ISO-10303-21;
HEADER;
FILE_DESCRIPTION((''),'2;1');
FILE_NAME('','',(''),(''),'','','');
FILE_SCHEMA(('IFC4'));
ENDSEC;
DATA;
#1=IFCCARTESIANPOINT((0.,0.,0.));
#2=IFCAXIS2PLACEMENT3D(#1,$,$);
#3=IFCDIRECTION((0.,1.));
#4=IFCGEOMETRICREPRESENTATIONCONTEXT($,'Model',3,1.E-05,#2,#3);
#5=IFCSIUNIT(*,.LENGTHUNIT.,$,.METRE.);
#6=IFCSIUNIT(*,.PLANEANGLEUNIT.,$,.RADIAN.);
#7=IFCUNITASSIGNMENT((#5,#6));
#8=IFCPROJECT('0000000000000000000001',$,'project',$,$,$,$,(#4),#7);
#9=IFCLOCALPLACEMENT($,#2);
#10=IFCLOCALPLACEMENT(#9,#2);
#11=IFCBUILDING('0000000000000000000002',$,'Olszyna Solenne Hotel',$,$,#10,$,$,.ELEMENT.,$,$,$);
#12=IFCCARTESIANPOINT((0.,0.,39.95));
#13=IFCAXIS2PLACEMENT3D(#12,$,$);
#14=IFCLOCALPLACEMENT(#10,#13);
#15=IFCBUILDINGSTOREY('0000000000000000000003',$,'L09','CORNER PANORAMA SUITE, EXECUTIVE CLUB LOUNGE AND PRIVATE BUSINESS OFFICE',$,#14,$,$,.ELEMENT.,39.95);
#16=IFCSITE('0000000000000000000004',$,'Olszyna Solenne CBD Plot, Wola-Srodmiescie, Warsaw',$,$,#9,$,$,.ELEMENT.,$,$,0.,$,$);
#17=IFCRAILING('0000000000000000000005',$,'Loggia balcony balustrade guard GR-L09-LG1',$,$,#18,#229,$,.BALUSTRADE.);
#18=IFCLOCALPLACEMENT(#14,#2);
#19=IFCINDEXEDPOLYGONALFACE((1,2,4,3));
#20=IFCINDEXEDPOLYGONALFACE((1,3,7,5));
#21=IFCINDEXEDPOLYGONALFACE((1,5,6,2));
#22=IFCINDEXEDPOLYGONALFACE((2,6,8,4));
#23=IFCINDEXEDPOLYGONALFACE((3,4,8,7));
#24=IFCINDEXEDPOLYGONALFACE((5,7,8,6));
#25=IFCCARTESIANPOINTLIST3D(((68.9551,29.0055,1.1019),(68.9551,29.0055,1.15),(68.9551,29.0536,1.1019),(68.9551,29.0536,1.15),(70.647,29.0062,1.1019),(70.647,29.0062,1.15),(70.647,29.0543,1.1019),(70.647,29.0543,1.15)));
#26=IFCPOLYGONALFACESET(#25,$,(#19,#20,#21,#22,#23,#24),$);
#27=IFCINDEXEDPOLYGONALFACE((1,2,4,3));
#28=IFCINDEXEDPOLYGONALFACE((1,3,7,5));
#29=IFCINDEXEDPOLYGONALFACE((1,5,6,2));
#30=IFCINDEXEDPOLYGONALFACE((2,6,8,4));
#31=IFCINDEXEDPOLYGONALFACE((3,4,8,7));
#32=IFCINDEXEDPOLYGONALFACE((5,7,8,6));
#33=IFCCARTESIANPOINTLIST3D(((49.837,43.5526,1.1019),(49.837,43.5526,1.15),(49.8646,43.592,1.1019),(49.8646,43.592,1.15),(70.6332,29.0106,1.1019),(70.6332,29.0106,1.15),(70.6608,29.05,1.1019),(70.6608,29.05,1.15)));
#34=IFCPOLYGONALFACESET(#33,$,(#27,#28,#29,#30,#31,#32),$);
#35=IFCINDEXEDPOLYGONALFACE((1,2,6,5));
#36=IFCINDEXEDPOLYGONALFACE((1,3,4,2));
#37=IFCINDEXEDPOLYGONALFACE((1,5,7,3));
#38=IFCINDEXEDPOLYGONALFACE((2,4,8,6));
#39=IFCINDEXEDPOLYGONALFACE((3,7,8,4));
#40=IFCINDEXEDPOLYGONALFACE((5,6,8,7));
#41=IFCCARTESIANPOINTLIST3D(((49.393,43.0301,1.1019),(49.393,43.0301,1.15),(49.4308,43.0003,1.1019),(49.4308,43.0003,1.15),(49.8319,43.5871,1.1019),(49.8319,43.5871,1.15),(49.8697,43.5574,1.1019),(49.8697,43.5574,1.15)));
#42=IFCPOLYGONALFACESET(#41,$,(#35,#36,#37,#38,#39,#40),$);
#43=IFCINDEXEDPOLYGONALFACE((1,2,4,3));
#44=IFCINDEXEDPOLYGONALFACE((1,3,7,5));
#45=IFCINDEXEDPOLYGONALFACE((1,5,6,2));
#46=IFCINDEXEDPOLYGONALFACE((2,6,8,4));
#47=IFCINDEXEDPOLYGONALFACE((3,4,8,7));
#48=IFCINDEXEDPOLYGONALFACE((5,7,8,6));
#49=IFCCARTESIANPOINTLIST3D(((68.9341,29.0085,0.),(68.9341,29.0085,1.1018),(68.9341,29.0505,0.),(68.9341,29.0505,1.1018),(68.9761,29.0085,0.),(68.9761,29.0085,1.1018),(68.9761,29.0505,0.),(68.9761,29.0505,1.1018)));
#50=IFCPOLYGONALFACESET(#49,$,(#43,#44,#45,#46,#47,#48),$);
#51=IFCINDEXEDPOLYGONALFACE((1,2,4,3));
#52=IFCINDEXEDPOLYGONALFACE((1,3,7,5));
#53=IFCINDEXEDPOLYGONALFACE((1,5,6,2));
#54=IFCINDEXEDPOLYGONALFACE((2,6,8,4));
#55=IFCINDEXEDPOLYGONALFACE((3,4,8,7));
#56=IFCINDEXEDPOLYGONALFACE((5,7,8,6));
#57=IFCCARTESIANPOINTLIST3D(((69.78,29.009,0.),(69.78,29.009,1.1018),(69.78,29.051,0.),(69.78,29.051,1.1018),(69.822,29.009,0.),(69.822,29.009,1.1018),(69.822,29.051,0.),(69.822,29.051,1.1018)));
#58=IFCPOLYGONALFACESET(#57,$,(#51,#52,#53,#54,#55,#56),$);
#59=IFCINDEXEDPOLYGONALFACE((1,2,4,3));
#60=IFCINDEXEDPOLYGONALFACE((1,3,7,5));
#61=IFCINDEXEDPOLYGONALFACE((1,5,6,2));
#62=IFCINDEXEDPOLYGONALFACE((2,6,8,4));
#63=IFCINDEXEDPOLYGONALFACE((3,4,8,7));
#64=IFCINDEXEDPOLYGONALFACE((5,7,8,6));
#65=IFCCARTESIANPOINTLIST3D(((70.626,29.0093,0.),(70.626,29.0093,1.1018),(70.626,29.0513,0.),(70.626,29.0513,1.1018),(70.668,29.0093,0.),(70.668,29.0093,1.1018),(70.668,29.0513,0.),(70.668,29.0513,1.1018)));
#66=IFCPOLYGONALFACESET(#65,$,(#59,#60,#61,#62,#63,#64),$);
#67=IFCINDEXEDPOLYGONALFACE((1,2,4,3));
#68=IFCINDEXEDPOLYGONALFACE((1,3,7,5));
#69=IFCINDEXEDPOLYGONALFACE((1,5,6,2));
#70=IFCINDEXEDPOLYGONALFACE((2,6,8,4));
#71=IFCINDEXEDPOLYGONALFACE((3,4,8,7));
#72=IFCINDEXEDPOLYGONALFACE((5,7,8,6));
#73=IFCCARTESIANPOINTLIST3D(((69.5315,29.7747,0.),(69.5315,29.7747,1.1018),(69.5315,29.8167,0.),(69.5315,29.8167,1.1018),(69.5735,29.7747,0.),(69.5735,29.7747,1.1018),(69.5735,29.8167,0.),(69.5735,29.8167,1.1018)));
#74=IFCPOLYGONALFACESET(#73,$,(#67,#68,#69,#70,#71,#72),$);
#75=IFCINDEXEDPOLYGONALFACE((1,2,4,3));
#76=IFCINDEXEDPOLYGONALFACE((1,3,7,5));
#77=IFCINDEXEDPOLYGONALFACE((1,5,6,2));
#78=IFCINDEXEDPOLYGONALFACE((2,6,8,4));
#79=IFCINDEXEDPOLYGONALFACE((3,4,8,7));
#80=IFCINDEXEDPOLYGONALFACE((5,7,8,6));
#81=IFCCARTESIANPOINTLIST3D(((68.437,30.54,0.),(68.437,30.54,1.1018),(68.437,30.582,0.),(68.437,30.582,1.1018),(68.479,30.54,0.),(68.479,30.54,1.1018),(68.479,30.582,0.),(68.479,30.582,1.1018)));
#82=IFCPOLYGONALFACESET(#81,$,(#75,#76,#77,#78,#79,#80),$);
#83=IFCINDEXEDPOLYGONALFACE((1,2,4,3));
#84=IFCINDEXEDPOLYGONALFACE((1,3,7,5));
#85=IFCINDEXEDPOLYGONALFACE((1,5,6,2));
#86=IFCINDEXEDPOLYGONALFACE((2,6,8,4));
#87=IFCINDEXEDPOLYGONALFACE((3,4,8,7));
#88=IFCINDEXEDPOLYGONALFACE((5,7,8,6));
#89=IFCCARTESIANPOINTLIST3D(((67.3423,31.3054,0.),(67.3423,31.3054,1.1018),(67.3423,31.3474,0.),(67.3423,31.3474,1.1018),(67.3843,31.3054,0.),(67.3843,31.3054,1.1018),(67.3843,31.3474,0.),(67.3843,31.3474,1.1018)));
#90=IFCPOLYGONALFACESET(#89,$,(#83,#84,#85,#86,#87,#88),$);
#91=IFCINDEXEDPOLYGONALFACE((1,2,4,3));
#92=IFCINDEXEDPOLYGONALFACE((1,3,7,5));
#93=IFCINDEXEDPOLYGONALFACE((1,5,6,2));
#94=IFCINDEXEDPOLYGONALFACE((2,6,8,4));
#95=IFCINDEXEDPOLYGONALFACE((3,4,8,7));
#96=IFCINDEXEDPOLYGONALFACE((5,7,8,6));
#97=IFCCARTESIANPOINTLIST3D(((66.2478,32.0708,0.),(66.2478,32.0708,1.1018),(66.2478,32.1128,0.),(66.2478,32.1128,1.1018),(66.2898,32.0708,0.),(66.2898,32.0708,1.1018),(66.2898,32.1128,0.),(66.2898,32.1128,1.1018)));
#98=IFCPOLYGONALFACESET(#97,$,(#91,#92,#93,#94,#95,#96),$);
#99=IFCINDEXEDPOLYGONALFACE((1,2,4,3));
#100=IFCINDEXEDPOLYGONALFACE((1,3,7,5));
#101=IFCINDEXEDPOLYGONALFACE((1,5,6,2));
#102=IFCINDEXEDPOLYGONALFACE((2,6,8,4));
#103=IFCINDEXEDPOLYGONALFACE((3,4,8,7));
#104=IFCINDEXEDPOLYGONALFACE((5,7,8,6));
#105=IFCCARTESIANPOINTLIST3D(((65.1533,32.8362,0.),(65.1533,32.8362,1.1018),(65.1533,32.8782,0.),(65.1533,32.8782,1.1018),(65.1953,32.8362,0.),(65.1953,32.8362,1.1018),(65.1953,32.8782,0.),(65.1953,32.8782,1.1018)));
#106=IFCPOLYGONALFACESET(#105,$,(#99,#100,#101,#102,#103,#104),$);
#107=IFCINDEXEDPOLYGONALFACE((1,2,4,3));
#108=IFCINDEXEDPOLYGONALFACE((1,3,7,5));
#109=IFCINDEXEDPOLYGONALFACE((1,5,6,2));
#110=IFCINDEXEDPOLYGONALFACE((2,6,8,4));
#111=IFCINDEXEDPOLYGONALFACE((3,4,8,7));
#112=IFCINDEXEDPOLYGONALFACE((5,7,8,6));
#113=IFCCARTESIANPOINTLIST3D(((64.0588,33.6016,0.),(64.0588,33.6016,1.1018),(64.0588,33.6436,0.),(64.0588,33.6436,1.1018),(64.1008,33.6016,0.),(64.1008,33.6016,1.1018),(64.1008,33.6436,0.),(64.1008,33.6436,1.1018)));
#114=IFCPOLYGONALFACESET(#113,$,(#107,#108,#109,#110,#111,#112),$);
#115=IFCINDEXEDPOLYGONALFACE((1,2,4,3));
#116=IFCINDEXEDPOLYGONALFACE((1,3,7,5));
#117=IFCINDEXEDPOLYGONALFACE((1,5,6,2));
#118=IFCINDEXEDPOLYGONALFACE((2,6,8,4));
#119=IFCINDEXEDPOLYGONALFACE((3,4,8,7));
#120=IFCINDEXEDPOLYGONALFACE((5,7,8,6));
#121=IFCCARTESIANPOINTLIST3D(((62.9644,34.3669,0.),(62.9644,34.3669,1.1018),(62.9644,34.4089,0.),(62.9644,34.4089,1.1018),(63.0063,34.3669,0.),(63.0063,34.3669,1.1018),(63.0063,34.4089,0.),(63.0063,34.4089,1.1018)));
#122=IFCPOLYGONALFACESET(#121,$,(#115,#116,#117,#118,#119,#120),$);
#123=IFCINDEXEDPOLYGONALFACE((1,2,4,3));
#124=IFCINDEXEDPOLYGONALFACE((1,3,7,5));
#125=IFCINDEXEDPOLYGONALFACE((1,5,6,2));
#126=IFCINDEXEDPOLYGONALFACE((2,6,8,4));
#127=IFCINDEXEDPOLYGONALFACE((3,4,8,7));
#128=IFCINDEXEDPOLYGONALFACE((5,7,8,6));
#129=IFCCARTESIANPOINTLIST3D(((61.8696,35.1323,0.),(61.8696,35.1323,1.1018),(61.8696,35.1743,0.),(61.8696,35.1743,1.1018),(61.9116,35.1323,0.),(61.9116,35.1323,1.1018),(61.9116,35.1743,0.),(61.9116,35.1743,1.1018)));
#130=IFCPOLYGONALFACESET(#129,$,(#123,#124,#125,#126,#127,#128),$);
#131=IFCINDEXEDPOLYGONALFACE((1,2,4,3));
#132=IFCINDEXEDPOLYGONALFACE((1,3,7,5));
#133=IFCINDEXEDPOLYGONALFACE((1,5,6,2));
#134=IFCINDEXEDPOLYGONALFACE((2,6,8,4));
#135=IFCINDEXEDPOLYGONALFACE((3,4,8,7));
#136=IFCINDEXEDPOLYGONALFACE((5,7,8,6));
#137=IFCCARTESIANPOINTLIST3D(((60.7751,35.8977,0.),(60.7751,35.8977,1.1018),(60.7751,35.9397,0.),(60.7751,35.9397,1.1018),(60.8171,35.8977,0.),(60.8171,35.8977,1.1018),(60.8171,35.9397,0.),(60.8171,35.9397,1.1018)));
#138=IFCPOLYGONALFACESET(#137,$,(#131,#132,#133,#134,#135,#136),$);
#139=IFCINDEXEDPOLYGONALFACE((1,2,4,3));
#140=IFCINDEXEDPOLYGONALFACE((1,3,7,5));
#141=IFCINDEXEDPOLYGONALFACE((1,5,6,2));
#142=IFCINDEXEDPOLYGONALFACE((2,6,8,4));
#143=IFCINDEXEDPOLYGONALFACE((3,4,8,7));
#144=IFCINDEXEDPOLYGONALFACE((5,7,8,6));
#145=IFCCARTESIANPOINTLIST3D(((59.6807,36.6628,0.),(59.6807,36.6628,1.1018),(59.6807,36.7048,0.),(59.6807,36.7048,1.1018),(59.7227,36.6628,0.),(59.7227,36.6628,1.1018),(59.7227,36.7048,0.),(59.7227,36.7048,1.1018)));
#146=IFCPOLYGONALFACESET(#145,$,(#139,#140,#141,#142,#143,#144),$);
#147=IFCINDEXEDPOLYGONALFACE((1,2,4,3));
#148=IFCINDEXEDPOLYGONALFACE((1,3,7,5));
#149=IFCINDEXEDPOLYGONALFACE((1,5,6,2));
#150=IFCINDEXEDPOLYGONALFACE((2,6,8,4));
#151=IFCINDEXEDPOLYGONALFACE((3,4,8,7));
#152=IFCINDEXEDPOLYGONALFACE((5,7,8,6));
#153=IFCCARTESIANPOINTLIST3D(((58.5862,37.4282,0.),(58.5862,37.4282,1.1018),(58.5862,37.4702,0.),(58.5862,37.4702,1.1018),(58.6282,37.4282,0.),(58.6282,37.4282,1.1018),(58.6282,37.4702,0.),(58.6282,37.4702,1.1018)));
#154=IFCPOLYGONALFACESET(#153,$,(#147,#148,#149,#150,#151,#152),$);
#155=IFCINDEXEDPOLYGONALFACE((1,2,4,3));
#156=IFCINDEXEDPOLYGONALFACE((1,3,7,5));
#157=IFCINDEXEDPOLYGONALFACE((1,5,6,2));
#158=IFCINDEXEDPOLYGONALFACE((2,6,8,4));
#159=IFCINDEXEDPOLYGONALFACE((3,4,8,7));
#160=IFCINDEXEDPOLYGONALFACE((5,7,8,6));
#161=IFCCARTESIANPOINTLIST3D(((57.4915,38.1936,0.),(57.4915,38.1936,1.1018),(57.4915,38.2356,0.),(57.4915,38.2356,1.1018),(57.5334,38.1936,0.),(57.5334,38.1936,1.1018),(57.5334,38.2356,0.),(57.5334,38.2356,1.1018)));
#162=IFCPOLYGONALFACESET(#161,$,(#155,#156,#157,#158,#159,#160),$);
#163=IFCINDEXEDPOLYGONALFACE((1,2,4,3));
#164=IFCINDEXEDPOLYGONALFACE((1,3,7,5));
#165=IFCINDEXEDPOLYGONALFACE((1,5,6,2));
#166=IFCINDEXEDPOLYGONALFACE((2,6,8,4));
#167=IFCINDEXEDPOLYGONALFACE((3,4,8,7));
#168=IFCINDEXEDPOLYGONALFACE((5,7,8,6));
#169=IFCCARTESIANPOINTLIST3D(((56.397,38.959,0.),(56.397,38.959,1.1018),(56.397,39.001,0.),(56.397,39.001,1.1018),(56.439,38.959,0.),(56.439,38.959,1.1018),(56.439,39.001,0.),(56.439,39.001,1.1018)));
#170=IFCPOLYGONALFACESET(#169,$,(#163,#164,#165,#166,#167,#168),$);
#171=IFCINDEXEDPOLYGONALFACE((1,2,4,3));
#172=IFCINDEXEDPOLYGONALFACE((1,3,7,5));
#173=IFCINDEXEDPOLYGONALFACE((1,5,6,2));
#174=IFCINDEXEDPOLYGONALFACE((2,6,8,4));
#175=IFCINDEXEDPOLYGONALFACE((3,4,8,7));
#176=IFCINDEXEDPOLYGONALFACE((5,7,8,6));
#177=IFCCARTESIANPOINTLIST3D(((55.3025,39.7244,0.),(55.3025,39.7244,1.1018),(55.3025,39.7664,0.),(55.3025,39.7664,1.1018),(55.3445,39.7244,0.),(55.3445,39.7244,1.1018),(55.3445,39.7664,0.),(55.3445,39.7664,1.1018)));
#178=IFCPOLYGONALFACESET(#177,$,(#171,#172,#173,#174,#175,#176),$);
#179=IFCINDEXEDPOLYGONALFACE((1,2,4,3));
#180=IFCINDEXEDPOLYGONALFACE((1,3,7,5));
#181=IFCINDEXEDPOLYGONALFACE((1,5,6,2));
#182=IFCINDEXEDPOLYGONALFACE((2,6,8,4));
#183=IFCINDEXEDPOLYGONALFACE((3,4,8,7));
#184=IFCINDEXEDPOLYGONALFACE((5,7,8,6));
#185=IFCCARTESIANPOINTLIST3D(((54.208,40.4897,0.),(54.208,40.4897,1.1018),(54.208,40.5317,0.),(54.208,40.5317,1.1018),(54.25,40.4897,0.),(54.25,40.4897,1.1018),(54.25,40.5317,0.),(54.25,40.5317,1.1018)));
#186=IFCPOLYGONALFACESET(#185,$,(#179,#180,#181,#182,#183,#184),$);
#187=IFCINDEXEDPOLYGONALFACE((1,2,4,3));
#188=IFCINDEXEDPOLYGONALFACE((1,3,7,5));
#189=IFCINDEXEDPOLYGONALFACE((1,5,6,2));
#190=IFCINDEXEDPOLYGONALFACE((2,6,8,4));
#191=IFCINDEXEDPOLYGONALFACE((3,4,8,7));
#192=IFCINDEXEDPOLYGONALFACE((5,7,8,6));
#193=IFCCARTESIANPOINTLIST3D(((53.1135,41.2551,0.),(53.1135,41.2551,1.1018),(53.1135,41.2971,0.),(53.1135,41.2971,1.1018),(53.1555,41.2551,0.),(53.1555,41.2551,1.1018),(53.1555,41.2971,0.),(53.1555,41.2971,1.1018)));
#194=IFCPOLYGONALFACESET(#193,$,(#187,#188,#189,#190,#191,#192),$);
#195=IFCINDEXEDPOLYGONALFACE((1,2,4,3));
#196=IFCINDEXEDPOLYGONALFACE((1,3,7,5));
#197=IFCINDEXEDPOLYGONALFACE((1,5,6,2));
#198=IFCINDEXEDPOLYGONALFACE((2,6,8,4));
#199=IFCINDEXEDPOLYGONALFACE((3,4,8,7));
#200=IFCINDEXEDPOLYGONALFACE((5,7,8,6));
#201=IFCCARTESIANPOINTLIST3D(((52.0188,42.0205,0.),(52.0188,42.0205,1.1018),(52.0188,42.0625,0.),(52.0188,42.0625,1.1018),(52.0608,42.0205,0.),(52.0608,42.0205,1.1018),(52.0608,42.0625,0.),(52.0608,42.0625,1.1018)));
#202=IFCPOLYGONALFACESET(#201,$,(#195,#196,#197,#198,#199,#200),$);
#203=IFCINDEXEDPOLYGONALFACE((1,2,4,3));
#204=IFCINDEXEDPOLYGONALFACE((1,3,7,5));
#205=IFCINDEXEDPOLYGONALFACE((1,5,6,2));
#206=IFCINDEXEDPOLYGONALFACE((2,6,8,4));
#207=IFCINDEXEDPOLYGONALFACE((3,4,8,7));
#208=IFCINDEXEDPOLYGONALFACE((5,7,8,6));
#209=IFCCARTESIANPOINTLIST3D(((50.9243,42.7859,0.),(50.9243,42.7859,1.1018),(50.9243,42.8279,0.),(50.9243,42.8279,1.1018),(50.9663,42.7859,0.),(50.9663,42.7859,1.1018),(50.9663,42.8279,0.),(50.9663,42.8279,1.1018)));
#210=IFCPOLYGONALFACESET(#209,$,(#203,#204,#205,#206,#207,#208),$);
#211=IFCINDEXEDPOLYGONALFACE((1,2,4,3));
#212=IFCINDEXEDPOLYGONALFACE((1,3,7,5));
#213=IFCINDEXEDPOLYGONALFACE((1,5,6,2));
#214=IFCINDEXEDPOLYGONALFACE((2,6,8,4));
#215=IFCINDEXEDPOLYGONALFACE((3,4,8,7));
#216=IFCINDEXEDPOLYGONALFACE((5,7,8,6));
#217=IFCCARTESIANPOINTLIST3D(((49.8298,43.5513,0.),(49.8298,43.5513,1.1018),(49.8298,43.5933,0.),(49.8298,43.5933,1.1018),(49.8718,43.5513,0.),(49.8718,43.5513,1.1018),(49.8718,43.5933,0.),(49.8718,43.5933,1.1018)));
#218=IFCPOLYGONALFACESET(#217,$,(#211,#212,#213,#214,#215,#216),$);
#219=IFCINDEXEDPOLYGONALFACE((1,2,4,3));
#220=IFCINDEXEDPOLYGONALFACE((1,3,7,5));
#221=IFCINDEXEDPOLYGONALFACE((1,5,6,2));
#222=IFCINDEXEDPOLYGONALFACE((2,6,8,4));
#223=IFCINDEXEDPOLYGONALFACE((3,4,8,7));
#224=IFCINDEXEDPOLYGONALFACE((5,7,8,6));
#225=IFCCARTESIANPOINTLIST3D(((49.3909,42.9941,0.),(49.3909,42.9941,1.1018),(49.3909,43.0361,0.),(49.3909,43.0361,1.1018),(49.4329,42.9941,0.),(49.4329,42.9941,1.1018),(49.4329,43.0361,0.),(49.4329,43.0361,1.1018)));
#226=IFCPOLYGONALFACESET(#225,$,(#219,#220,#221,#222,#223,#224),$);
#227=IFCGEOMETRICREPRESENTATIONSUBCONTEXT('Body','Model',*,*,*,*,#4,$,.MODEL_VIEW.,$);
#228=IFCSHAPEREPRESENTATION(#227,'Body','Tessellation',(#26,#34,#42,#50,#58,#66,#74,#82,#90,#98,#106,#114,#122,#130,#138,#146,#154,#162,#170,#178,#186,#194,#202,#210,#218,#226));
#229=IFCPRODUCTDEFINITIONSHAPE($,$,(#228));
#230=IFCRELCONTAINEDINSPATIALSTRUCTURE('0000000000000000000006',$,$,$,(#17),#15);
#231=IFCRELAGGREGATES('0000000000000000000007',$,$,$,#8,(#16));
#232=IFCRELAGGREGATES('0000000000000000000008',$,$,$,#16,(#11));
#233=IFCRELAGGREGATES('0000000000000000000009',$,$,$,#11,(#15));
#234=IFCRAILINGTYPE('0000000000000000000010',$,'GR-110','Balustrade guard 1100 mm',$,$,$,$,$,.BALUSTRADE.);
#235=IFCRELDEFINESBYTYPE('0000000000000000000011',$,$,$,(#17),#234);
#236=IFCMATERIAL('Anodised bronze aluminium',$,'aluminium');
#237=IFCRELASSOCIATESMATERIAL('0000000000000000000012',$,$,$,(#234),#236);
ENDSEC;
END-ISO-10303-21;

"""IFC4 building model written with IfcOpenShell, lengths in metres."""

from ifc_helpers import new_model, si_unit, direction, frame, origin, origin_2d, place, context, subcontext, project, spatial, rectangle, extrude, material, type_object, element, save


model = new_model("IFC4")

# Units and contexts
model_context = context("Model", 3, precision=1e-05, world=origin(), true_north=direction((0.0, 1.0)))
body_context = subcontext(model_context, "Body", "Model", "MODEL_VIEW")
ifc_project = project(units=[si_unit("LENGTHUNIT", "METRE"), si_unit("PLANEANGLEUNIT", "RADIAN")], contexts=[model_context])

# Site, building, storey
site_placement = place(None, origin())
site = spatial("IfcSite", under=ifc_project, at=site_placement, Name="Olszyna Solenne CBD Plot, Wola-Srodmiescie, Warsaw", CompositionType="ELEMENT", RefElevation=0.0)
building_placement = place(site_placement, origin())
building = spatial("IfcBuilding", under=site, at=building_placement, Name="Olszyna Solenne Hotel", CompositionType="ELEMENT")
storey_placement = place(building_placement, frame((0.0, 0.0, 39.95)))
storey = spatial("IfcBuildingStorey", under=building, at=storey_placement, Name="L09", Description="CORNER PANORAMA SUITE, EXECUTIVE CLUB LOUNGE AND PRIVATE BUSINESS OFFICE", CompositionType="ELEMENT", Elevation=39.95)

# Shared definitions
ifc_material_1 = material(Name="Anodised bronze aluminium", Category="aluminium")

# Railing
railing_type = type_object("IfcRailingType", Name="GR-110", Description="Balustrade guard 1100 mm", PredefinedType="BALUSTRADE", material=ifc_material_1)
railing_placement = place(storey_placement, frame((68.9551, 29.0295, 0.0)))
element("IfcRailing", 1, at=railing_placement, inside=storey, type_object=railing_type, Name="Loggia balcony balustrade guard GR-L09-LG1", PredefinedType="BALUSTRADE", context=body_context, shape_type="SweptSolid", body=[
    extrude(rectangle(XDim=0.0481, YDim=0.0481, at=origin_2d()), frame((0.0, 0.0, 1.126), z_axis=(1.0, 0.000433, 0.0), x_axis=(-0.000433, 1.0, 0.0)), (0.0, 0.0, 1.0), 1.6919),
    extrude(rectangle(XDim=0.0481, YDim=0.0481, at=origin_2d()), frame((1.6919, 0.0007, 1.126), z_axis=(-0.819515, 0.573057, 0.0), x_axis=(-0.573057, -0.819515, 0.0)), (0.0, 0.0, 1.0), 25.3762),
    extrude(rectangle(XDim=0.0481, YDim=0.0481, at=origin_2d()), frame((-19.1042, 14.5427, 1.126), z_axis=(-0.618885, -0.785482, 0.0), x_axis=(0.785482, -0.618885, 0.0)), (0.0, 0.0, 1.0), 0.7092),
    extrude(rectangle(XDim=0.042, YDim=0.042, at=origin_2d()), origin(), (0.0, 0.0, 1.0), 1.1018),
    extrude(rectangle(XDim=0.042, YDim=0.042, at=origin_2d()), frame((0.8459, 0.0005, 0.0)), (0.0, 0.0, 1.0), 1.1018),
    extrude(rectangle(XDim=0.042, YDim=0.042, at=origin_2d()), frame((1.6919, 0.0007, 0.0)), (0.0, 0.0, 1.0), 1.1018),
    extrude(rectangle(XDim=0.042, YDim=0.042, at=origin_2d()), frame((0.5974, 0.7661, 0.0)), (0.0, 0.0, 1.0), 1.1018),
    extrude(rectangle(XDim=0.042, YDim=0.042, at=origin_2d()), frame((-0.4971, 1.5315, 0.0)), (0.0, 0.0, 1.0), 1.1018),
    extrude(rectangle(XDim=0.042, YDim=0.042, at=origin_2d()), frame((-1.5918, 2.2969, 0.0)), (0.0, 0.0, 1.0), 1.1018),
    extrude(rectangle(XDim=0.042, YDim=0.042, at=origin_2d()), frame((-2.6863, 3.0623, 0.0)), (0.0, 0.0, 1.0), 1.1018),
    extrude(rectangle(XDim=0.042, YDim=0.042, at=origin_2d()), frame((-3.7808, 3.8276, 0.0)), (0.0, 0.0, 1.0), 1.1018),
    extrude(rectangle(XDim=0.042, YDim=0.042, at=origin_2d()), frame((-4.8752, 4.593, 0.0)), (0.0, 0.0, 1.0), 1.1018),
    extrude(rectangle(XDim=0.042, YDim=0.042, at=origin_2d()), frame((-5.9697, 5.3584, 0.0)), (0.0, 0.0, 1.0), 1.1018),
    extrude(rectangle(XDim=0.042, YDim=0.042, at=origin_2d()), frame((-7.0645, 6.1238, 0.0)), (0.0, 0.0, 1.0), 1.1018),
    extrude(rectangle(XDim=0.042, YDim=0.042, at=origin_2d()), frame((-8.1589, 6.8892, 0.0)), (0.0, 0.0, 1.0), 1.1018),
    extrude(rectangle(XDim=0.042, YDim=0.042, at=origin_2d()), frame((-9.2534, 7.6543, 0.0)), (0.0, 0.0, 1.0), 1.1018),
    extrude(rectangle(XDim=0.042, YDim=0.042, at=origin_2d()), frame((-10.3479, 8.4197, 0.0)), (0.0, 0.0, 1.0), 1.1018),
    extrude(rectangle(XDim=0.042, YDim=0.042, at=origin_2d()), frame((-11.4426, 9.1851, 0.0)), (0.0, 0.0, 1.0), 1.1018),
    extrude(rectangle(XDim=0.042, YDim=0.042, at=origin_2d()), frame((-12.5371, 9.9504, 0.0)), (0.0, 0.0, 1.0), 1.1018),
    extrude(rectangle(XDim=0.042, YDim=0.042, at=origin_2d()), frame((-13.6316, 10.7158, 0.0)), (0.0, 0.0, 1.0), 1.1018),
    extrude(rectangle(XDim=0.042, YDim=0.042, at=origin_2d()), frame((-14.7261, 11.4812, 0.0)), (0.0, 0.0, 1.0), 1.1018),
    extrude(rectangle(XDim=0.042, YDim=0.042, at=origin_2d()), frame((-15.8206, 12.2466, 0.0)), (0.0, 0.0, 1.0), 1.1018),
    extrude(rectangle(XDim=0.042, YDim=0.042, at=origin_2d()), frame((-16.9153, 13.012, 0.0)), (0.0, 0.0, 1.0), 1.1018),
    extrude(rectangle(XDim=0.042, YDim=0.042, at=origin_2d()), frame((-18.0098, 13.7773, 0.0)), (0.0, 0.0, 1.0), 1.1018),
    extrude(rectangle(XDim=0.042, YDim=0.042, at=origin_2d()), frame((-19.1042, 14.5427, 0.0)), (0.0, 0.0, 1.0), 1.1018),
    extrude(rectangle(XDim=0.042, YDim=0.042, at=origin_2d()), frame((-19.5432, 13.9856, 0.0)), (0.0, 0.0, 1.0), 1.1018),
])

save(model, "model.ifc")
